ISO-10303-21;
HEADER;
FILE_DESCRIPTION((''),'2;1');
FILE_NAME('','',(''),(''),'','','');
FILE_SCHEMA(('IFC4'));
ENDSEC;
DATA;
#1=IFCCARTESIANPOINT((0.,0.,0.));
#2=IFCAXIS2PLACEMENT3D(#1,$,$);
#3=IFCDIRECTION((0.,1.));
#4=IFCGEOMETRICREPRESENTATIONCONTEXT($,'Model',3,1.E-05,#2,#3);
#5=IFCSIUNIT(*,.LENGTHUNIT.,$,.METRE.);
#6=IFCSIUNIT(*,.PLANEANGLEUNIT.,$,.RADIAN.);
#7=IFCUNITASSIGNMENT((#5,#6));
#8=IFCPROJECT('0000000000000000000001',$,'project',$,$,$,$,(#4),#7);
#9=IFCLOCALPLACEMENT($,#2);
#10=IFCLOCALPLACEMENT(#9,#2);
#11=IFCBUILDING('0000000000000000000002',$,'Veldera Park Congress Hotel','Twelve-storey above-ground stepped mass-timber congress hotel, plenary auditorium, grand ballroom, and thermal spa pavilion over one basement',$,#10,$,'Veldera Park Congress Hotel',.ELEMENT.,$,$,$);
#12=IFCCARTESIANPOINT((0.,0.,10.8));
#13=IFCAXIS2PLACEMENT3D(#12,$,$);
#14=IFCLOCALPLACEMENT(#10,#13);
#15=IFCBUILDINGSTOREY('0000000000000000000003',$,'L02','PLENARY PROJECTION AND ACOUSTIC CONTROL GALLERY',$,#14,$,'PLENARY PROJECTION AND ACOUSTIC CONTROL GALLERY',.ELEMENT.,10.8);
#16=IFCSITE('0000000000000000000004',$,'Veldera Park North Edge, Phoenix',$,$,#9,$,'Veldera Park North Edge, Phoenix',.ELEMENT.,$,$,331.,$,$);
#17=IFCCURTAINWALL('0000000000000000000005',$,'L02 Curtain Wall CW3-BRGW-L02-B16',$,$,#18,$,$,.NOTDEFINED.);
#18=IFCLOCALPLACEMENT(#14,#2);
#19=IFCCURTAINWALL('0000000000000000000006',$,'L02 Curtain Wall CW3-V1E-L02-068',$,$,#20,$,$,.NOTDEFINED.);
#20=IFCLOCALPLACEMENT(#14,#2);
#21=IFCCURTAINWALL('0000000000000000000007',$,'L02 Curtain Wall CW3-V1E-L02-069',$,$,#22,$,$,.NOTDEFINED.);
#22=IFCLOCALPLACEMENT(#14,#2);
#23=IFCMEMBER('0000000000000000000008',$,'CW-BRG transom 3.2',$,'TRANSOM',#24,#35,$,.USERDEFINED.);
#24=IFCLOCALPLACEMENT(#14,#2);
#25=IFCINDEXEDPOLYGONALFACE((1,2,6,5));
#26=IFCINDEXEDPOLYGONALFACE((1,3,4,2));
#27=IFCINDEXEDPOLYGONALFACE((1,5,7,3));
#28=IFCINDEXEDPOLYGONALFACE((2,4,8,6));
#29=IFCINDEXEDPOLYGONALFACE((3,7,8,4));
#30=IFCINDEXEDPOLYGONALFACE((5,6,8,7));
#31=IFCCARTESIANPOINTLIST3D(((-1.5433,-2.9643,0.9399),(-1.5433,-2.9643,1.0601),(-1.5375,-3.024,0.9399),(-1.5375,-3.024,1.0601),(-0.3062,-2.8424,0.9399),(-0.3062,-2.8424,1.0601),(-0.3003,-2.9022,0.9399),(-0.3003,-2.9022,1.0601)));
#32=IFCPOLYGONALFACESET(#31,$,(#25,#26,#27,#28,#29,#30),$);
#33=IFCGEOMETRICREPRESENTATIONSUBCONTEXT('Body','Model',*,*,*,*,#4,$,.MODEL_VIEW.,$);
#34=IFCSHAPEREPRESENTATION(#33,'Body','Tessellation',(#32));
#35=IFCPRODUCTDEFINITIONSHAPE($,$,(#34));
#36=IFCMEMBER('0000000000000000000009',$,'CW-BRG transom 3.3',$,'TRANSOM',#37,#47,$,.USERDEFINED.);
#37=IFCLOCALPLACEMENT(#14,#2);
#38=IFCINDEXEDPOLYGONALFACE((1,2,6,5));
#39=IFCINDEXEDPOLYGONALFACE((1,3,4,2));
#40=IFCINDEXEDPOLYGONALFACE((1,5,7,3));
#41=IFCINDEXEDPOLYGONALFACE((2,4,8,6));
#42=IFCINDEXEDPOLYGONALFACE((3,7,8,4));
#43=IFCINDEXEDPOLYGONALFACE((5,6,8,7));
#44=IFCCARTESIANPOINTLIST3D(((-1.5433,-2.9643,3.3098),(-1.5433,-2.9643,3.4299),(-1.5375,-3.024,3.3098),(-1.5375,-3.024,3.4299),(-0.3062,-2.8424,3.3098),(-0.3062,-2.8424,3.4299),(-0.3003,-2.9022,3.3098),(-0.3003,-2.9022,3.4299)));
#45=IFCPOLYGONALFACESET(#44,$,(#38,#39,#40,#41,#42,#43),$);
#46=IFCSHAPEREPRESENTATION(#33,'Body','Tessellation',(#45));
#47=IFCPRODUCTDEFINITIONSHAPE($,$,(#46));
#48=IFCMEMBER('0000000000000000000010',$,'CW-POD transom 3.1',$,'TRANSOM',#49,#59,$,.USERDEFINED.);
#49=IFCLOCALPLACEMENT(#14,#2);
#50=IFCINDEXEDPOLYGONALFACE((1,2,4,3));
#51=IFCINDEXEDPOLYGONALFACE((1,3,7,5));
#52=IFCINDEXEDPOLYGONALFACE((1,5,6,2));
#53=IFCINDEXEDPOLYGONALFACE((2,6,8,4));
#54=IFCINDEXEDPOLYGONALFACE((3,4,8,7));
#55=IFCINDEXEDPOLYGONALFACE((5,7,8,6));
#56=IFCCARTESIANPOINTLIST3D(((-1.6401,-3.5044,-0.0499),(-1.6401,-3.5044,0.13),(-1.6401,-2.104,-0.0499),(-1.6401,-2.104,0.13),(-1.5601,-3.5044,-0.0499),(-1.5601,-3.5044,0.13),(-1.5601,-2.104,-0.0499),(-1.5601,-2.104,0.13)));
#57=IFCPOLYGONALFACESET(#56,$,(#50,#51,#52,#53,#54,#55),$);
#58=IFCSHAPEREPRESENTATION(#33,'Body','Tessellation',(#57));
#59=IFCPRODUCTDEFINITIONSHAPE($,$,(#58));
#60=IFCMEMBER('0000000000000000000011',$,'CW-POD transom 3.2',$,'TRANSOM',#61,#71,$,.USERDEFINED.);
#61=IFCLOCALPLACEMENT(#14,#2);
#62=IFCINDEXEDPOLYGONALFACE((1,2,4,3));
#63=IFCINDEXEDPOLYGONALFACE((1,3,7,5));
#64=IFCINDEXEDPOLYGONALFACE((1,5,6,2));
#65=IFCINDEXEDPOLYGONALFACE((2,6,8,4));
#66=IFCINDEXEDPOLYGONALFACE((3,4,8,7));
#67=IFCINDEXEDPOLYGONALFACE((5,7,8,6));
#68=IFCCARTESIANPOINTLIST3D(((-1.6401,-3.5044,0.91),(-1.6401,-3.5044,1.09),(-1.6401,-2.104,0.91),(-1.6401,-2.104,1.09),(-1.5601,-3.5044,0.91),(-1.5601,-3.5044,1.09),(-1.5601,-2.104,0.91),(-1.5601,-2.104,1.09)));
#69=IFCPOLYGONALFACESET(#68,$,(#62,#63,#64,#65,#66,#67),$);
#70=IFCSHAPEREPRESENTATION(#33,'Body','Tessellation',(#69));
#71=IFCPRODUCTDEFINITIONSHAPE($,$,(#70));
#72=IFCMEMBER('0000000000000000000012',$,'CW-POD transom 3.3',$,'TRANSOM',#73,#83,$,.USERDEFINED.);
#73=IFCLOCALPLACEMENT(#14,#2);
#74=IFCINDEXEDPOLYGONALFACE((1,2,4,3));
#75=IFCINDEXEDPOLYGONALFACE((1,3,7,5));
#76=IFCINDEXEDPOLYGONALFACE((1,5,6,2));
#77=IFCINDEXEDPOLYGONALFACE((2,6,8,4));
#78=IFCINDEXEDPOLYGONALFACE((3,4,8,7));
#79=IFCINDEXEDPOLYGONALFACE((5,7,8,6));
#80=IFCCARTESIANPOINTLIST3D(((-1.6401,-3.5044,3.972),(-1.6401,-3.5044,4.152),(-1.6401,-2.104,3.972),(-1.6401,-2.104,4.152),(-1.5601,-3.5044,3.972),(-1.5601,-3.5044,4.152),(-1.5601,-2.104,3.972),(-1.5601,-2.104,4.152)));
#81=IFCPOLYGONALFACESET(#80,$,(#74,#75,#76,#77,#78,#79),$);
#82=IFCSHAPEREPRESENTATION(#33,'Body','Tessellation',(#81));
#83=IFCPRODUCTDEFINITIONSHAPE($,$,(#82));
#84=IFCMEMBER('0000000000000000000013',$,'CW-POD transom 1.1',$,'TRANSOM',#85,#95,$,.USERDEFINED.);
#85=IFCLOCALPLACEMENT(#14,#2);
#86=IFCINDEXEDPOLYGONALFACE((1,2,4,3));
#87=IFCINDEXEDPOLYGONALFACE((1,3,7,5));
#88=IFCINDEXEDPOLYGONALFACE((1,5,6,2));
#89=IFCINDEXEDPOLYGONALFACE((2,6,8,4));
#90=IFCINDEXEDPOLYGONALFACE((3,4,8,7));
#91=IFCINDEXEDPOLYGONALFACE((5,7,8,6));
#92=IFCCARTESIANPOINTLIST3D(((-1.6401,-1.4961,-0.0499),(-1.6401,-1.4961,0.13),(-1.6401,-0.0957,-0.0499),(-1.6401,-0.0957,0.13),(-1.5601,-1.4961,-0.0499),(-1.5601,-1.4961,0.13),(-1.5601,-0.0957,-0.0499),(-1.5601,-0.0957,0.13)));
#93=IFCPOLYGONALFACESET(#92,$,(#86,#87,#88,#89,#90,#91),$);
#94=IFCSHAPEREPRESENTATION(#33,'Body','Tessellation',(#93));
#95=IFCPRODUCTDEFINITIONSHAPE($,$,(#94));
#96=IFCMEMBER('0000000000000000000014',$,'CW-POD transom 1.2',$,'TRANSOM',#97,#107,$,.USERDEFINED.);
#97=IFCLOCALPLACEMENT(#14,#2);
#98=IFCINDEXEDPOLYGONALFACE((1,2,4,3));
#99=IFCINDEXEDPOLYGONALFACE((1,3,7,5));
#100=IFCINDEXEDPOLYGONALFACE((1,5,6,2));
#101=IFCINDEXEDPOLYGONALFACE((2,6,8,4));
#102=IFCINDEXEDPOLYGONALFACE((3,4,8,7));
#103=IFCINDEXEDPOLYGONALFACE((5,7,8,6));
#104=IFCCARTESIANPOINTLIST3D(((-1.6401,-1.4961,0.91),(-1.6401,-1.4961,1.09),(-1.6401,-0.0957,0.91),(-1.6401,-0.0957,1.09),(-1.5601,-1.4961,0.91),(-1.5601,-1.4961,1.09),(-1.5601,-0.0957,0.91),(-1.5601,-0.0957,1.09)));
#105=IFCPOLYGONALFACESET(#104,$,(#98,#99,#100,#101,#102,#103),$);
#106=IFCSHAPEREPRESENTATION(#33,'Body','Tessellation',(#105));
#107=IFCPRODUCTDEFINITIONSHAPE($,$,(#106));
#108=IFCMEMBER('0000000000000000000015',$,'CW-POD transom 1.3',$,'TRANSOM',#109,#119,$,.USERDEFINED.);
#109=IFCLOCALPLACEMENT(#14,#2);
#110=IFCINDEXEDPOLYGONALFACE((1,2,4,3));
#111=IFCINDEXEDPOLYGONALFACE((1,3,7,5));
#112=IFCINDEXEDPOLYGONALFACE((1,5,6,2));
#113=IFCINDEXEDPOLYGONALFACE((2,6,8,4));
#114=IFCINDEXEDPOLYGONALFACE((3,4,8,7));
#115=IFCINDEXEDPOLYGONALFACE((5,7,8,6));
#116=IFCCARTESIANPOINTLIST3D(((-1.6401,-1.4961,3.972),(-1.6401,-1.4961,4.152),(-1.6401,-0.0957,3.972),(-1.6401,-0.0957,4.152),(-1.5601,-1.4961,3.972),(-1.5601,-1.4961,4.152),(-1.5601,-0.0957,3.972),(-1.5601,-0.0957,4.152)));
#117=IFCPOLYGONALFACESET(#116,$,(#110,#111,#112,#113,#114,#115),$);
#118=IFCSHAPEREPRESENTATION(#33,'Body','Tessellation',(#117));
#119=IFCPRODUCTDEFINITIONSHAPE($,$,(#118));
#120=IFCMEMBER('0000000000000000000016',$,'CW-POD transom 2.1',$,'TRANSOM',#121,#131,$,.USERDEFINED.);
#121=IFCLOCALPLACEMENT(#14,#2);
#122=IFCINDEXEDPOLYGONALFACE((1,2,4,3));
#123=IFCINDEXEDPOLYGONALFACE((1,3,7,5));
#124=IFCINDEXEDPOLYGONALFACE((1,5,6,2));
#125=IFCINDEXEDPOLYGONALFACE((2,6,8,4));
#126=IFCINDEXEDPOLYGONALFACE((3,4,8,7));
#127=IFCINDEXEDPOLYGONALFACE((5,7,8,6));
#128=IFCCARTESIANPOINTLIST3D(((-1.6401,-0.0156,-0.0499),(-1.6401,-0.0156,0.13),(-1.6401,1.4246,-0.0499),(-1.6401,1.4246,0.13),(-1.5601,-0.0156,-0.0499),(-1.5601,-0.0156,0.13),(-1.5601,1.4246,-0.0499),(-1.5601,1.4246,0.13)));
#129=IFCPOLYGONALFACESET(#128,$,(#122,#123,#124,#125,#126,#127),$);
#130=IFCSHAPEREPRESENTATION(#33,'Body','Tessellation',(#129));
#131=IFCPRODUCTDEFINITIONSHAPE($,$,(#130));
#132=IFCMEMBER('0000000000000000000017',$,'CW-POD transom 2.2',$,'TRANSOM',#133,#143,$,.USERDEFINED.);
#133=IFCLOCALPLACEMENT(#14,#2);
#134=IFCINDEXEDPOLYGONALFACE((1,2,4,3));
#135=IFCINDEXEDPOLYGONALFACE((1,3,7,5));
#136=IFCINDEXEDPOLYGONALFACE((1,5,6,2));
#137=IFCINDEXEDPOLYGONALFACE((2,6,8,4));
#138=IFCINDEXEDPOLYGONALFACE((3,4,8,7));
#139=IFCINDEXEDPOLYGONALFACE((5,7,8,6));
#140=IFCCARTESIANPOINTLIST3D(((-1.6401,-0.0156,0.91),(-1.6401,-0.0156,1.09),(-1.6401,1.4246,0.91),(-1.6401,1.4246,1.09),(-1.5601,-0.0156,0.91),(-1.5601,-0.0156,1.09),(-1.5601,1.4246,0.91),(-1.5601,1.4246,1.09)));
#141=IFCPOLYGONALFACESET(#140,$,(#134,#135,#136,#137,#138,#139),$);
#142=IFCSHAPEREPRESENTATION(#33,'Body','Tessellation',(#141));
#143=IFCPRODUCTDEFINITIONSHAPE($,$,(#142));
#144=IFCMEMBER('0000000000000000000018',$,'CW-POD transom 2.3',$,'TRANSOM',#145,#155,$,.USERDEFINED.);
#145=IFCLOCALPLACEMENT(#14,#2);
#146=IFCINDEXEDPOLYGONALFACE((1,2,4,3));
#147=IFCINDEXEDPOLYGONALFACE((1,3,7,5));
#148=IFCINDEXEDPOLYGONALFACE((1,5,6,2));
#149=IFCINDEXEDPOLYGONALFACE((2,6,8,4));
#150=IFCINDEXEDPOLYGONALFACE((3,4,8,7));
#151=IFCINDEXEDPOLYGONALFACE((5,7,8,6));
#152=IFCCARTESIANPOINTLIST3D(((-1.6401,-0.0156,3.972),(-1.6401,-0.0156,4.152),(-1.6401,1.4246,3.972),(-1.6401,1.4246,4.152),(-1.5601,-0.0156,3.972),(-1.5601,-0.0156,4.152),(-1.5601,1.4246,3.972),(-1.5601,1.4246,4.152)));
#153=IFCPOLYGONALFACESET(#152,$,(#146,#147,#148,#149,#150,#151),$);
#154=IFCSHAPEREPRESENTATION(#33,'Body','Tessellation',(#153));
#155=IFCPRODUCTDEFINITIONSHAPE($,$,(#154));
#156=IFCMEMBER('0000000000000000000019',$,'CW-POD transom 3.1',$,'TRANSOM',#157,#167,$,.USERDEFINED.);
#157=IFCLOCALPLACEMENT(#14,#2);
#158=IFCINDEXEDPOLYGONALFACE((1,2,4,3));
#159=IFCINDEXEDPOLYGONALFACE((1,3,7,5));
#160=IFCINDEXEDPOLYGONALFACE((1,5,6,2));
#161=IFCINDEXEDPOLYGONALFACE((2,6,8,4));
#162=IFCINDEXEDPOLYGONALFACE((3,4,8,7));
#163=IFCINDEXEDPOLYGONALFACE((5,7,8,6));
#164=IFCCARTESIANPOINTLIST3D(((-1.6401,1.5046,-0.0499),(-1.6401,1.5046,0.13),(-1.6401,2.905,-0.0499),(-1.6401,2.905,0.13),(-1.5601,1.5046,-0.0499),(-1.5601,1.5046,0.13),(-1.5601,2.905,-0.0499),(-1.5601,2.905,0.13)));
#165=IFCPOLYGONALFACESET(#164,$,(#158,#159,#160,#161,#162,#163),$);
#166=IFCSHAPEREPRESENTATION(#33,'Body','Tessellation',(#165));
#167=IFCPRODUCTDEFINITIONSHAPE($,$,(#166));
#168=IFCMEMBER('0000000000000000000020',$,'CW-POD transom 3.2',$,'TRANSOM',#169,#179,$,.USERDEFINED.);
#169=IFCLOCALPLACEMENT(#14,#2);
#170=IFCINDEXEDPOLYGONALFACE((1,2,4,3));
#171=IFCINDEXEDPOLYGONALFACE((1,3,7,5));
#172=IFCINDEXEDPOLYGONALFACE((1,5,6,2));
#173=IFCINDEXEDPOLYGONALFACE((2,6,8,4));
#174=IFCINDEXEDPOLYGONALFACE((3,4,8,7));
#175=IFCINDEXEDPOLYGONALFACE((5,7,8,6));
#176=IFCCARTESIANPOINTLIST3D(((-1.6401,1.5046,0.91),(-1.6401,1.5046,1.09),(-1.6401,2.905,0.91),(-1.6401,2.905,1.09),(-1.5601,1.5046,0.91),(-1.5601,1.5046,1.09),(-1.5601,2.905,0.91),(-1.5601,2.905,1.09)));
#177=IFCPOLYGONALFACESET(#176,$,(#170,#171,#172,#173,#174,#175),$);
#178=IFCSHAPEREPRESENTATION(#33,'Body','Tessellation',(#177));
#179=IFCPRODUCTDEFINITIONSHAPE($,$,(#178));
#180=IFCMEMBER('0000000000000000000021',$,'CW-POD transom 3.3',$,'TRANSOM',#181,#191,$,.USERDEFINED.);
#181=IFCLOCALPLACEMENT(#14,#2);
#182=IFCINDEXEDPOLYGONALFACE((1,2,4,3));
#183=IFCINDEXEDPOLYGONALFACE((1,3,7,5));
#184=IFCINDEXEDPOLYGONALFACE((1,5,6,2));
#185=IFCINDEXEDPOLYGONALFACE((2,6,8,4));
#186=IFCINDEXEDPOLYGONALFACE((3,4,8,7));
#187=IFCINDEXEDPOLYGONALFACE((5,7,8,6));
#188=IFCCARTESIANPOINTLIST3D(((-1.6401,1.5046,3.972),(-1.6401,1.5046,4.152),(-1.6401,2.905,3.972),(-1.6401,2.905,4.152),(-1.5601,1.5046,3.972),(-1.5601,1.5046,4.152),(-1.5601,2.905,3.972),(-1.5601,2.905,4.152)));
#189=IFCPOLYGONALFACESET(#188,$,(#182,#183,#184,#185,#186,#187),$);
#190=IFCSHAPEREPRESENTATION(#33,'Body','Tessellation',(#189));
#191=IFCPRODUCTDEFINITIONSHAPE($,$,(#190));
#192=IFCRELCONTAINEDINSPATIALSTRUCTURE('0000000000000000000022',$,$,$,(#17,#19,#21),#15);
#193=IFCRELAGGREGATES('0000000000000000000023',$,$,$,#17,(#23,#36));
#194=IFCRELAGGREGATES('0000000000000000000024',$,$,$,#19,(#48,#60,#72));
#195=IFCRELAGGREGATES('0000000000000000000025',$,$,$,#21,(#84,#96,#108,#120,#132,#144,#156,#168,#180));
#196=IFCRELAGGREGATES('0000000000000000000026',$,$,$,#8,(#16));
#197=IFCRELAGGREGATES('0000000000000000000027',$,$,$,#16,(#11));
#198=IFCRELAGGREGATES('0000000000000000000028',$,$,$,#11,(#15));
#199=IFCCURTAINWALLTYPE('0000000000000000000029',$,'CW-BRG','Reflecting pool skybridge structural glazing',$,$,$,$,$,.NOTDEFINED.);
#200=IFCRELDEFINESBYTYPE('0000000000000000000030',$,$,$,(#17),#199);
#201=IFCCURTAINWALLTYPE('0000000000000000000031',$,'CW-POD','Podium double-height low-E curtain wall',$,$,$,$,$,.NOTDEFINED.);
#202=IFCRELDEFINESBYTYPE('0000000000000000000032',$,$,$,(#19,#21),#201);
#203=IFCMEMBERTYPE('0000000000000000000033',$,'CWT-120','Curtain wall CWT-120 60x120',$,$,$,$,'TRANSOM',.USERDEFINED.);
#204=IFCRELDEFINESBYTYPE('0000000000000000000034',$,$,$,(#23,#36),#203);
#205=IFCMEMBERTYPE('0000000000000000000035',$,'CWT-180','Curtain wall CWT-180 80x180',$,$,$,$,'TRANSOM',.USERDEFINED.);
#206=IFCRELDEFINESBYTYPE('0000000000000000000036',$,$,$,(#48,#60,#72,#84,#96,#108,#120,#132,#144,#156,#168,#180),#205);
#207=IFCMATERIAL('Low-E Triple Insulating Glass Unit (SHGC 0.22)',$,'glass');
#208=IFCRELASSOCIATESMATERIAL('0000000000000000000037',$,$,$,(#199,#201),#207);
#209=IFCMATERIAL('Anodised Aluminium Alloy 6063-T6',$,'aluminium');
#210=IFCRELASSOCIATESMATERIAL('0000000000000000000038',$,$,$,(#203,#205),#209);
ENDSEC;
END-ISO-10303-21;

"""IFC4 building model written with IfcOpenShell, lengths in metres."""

from ifc_helpers import new_model, si_unit, direction, frame, origin, origin_2d, place, context, subcontext, project, spatial, rectangle, extrude, material, material_profile, profile_set, type_object, element, aggregate, save


model = new_model("IFC4")

# Units and contexts
model_context = context("Model", 3, precision=1e-05, world=origin(), true_north=direction((0.0, 1.0)))
body_context = subcontext(model_context, "Body", "Model", "MODEL_VIEW")
ifc_project = project(units=[si_unit("LENGTHUNIT", "METRE"), si_unit("PLANEANGLEUNIT", "RADIAN")], contexts=[model_context])

# Site, building, storey
site_placement = place(None, origin())
site = spatial("IfcSite", under=ifc_project, at=site_placement, Name="Veldera Park North Edge, Phoenix", LongName="Veldera Park North Edge, Phoenix", CompositionType="ELEMENT", RefElevation=331.0)
building_placement = place(site_placement, origin())
building = spatial("IfcBuilding", under=site, at=building_placement, Name="Veldera Park Congress Hotel", Description="Twelve-storey above-ground stepped mass-timber congress hotel, plenary auditorium, grand ballroom, and thermal spa pavilion over one basement", LongName="Veldera Park Congress Hotel", CompositionType="ELEMENT")
storey_placement = place(building_placement, frame((0.0, 0.0, 10.8)))
storey = spatial("IfcBuildingStorey", under=building, at=storey_placement, Name="L02", Description="PLENARY PROJECTION AND ACOUSTIC CONTROL GALLERY", LongName="PLENARY PROJECTION AND ACOUSTIC CONTROL GALLERY", CompositionType="ELEMENT", Elevation=10.8)

# Curtain walls
ifc_material_1 = material(Name="Low-E Triple Insulating Glass Unit (SHGC 0.22)", Category="glass")
curtain_wall_type_1 = type_object("IfcCurtainWallType", Name="CW-BRG", Description="Reflecting pool skybridge structural glazing", PredefinedType="NOTDEFINED", material=ifc_material_1)
curtain_wall_1_placement = place(storey_placement, origin())
curtain_wall_1 = element("IfcCurtainWall", 1, at=curtain_wall_1_placement, inside=storey, type_object=curtain_wall_type_1, Name="L02 Curtain Wall CW3-BRGW-L02-B16", PredefinedType="NOTDEFINED")
ifc_material_2 = material(Name="Anodised Aluminium Alloy 6063-T6", Category="aluminium")
curtain_wall_type_2 = type_object("IfcCurtainWallType", Name="CW-POD", Description="Podium double-height low-E curtain wall", PredefinedType="NOTDEFINED", material=ifc_material_1)
curtain_wall_2_placement = place(storey_placement, origin())
curtain_wall_2 = element("IfcCurtainWall", 2, at=curtain_wall_2_placement, inside=storey, type_object=curtain_wall_type_2, Name="L02 Curtain Wall CW3-V1E-L02-068", PredefinedType="NOTDEFINED")
curtain_wall_3_placement = place(storey_placement, origin())
curtain_wall_3 = element("IfcCurtainWall", 3, at=curtain_wall_3_placement, inside=storey, type_object=curtain_wall_type_2, Name="L02 Curtain Wall CW3-V1E-L02-069", PredefinedType="NOTDEFINED")

# Members
ifc_material_profile_1 = material_profile(ifc_material_2, rectangle(XDim=0.0601, YDim=0.1201, at=origin_2d()), Name="ALU 60x120")
ifc_profile_set_1 = profile_set([ifc_material_profile_1], Name="Anodised Aluminium Alloy 6063-T6")
member_type_1 = type_object("IfcMemberType", Name="CWT-120", Description="Curtain wall CWT-120 60x120", ElementType="TRANSOM", PredefinedType="USERDEFINED", material=ifc_profile_set_1)
member_1_placement = place(storey_placement, frame((-0.3032, -2.8723, 1.0), z_axis=(-0.995186, -0.098006, 0.0), x_axis=(0.098006, -0.995186, 0.0)))
member_1 = element("IfcMember", 4, at=member_1_placement, type_object=member_type_1, Name="CW-BRG transom 3.2", ObjectType="TRANSOM", PredefinedType="USERDEFINED", context=body_context, shape_type="SweptSolid", body=[
    extrude(rectangle(XDim=0.0601, YDim=0.1201, at=origin_2d()), origin(), (0.0, 0.0, 1.0), 1.2432),
])
member_2_placement = place(storey_placement, frame((-0.3032, -2.8723, 3.3699), z_axis=(-0.995186, -0.098006, 0.0), x_axis=(0.098006, -0.995186, 0.0)))
member_2 = element("IfcMember", 5, at=member_2_placement, type_object=member_type_1, Name="CW-BRG transom 3.3", ObjectType="TRANSOM", PredefinedType="USERDEFINED", context=body_context, shape_type="SweptSolid", body=[
    extrude(rectangle(XDim=0.0601, YDim=0.1201, at=origin_2d()), origin(), (0.0, 0.0, 1.0), 1.2432),
])
ifc_material_profile_2 = material_profile(ifc_material_2, rectangle(XDim=0.0801, YDim=0.1799, at=origin_2d()), Name="ALU 80x180")
ifc_profile_set_2 = profile_set([ifc_material_profile_2], Name="Anodised Aluminium Alloy 6063-T6")
member_type_2 = type_object("IfcMemberType", Name="CWT-180", Description="Curtain wall CWT-180 80x180", ElementType="TRANSOM", PredefinedType="USERDEFINED", material=ifc_profile_set_2)
member_3_placement = place(storey_placement, frame((-1.6001, -3.5044, 0.04), z_axis=(0.0, 1.0, 0.0), x_axis=(-1.0, 0.0, 0.0)))
member_3 = element("IfcMember", 6, at=member_3_placement, type_object=member_type_2, Name="CW-POD transom 3.1", ObjectType="TRANSOM", PredefinedType="USERDEFINED", context=body_context, shape_type="SweptSolid", body=[
    extrude(rectangle(XDim=0.0801, YDim=0.1799, at=origin_2d()), origin(), (0.0, 0.0, 1.0), 1.4004),
])
member_4_placement = place(storey_placement, frame((-1.6001, -3.5044, 1.0), z_axis=(0.0, 1.0, 0.0), x_axis=(-1.0, 0.0, 0.0)))
member_4 = element("IfcMember", 7, at=member_4_placement, type_object=member_type_2, Name="CW-POD transom 3.2", ObjectType="TRANSOM", PredefinedType="USERDEFINED", context=body_context, shape_type="SweptSolid", body=[
    extrude(rectangle(XDim=0.0801, YDim=0.1799, at=origin_2d()), origin(), (0.0, 0.0, 1.0), 1.4004),
])
member_5_placement = place(storey_placement, frame((-1.6001, -3.5044, 4.062), z_axis=(0.0, 1.0, 0.0), x_axis=(-1.0, 0.0, 0.0)))
member_5 = element("IfcMember", 8, at=member_5_placement, type_object=member_type_2, Name="CW-POD transom 3.3", ObjectType="TRANSOM", PredefinedType="USERDEFINED", context=body_context, shape_type="SweptSolid", body=[
    extrude(rectangle(XDim=0.0801, YDim=0.1799, at=origin_2d()), origin(), (0.0, 0.0, 1.0), 1.4004),
])
member_6_placement = place(storey_placement, frame((-1.6001, -1.4961, 0.04), z_axis=(0.0, 1.0, 0.0), x_axis=(-1.0, 0.0, 0.0)))
member_6 = element("IfcMember", 9, at=member_6_placement, type_object=member_type_2, Name="CW-POD transom 1.1", ObjectType="TRANSOM", PredefinedType="USERDEFINED", context=body_context, shape_type="SweptSolid", body=[
    extrude(rectangle(XDim=0.0801, YDim=0.1799, at=origin_2d()), origin(), (0.0, 0.0, 1.0), 1.4004),
])
member_7_placement = place(storey_placement, frame((-1.6001, -1.4961, 1.0), z_axis=(0.0, 1.0, 0.0), x_axis=(-1.0, 0.0, 0.0)))
member_7 = element("IfcMember", 10, at=member_7_placement, type_object=member_type_2, Name="CW-POD transom 1.2", ObjectType="TRANSOM", PredefinedType="USERDEFINED", context=body_context, shape_type="SweptSolid", body=[
    extrude(rectangle(XDim=0.0801, YDim=0.1799, at=origin_2d()), origin(), (0.0, 0.0, 1.0), 1.4004),
])
member_8_placement = place(storey_placement, frame((-1.6001, -1.4961, 4.062), z_axis=(0.0, 1.0, 0.0), x_axis=(-1.0, 0.0, 0.0)))
member_8 = element("IfcMember", 11, at=member_8_placement, type_object=member_type_2, Name="CW-POD transom 1.3", ObjectType="TRANSOM", PredefinedType="USERDEFINED", context=body_context, shape_type="SweptSolid", body=[
    extrude(rectangle(XDim=0.0801, YDim=0.1799, at=origin_2d()), origin(), (0.0, 0.0, 1.0), 1.4004),
])
member_9_placement = place(storey_placement, frame((-1.6001, -0.0156, 0.04), z_axis=(0.0, 1.0, 0.0), x_axis=(-1.0, 0.0, 0.0)))
member_9 = element("IfcMember", 12, at=member_9_placement, type_object=member_type_2, Name="CW-POD transom 2.1", ObjectType="TRANSOM", PredefinedType="USERDEFINED", context=body_context, shape_type="SweptSolid", body=[
    extrude(rectangle(XDim=0.0801, YDim=0.1799, at=origin_2d()), origin(), (0.0, 0.0, 1.0), 1.4402),
])
member_10_placement = place(storey_placement, frame((-1.6001, -0.0156, 1.0), z_axis=(0.0, 1.0, 0.0), x_axis=(-1.0, 0.0, 0.0)))
member_10 = element("IfcMember", 13, at=member_10_placement, type_object=member_type_2, Name="CW-POD transom 2.2", ObjectType="TRANSOM", PredefinedType="USERDEFINED", context=body_context, shape_type="SweptSolid", body=[
    extrude(rectangle(XDim=0.0801, YDim=0.1799, at=origin_2d()), origin(), (0.0, 0.0, 1.0), 1.4402),
])
member_11_placement = place(storey_placement, frame((-1.6001, -0.0156, 4.062), z_axis=(0.0, 1.0, 0.0), x_axis=(-1.0, 0.0, 0.0)))
member_11 = element("IfcMember", 14, at=member_11_placement, type_object=member_type_2, Name="CW-POD transom 2.3", ObjectType="TRANSOM", PredefinedType="USERDEFINED", context=body_context, shape_type="SweptSolid", body=[
    extrude(rectangle(XDim=0.0801, YDim=0.1799, at=origin_2d()), origin(), (0.0, 0.0, 1.0), 1.4402),
])
member_12_placement = place(storey_placement, frame((-1.6001, 1.5046, 0.04), z_axis=(0.0, 1.0, 0.0), x_axis=(-1.0, 0.0, 0.0)))
member_12 = element("IfcMember", 15, at=member_12_placement, type_object=member_type_2, Name="CW-POD transom 3.1", ObjectType="TRANSOM", PredefinedType="USERDEFINED", context=body_context, shape_type="SweptSolid", body=[
    extrude(rectangle(XDim=0.0801, YDim=0.1799, at=origin_2d()), origin(), (0.0, 0.0, 1.0), 1.4004),
])
member_13_placement = place(storey_placement, frame((-1.6001, 1.5046, 1.0), z_axis=(0.0, 1.0, 0.0), x_axis=(-1.0, 0.0, 0.0)))
member_13 = element("IfcMember", 16, at=member_13_placement, type_object=member_type_2, Name="CW-POD transom 3.2", ObjectType="TRANSOM", PredefinedType="USERDEFINED", context=body_context, shape_type="SweptSolid", body=[
    extrude(rectangle(XDim=0.0801, YDim=0.1799, at=origin_2d()), origin(), (0.0, 0.0, 1.0), 1.4004),
])
member_14_placement = place(storey_placement, frame((-1.6001, 1.5046, 4.062), z_axis=(0.0, 1.0, 0.0), x_axis=(-1.0, 0.0, 0.0)))
member_14 = element("IfcMember", 17, at=member_14_placement, type_object=member_type_2, Name="CW-POD transom 3.3", ObjectType="TRANSOM", PredefinedType="USERDEFINED", context=body_context, shape_type="SweptSolid", body=[
    extrude(rectangle(XDim=0.0801, YDim=0.1799, at=origin_2d()), origin(), (0.0, 0.0, 1.0), 1.4004),
])

aggregate(curtain_wall_1, [member_1, member_2])
aggregate(curtain_wall_2, [member_3, member_4, member_5])
aggregate(curtain_wall_3, [member_6, member_7, member_8, member_9, member_10, member_11, member_12, member_13, member_14])

save(model, "model.ifc")
